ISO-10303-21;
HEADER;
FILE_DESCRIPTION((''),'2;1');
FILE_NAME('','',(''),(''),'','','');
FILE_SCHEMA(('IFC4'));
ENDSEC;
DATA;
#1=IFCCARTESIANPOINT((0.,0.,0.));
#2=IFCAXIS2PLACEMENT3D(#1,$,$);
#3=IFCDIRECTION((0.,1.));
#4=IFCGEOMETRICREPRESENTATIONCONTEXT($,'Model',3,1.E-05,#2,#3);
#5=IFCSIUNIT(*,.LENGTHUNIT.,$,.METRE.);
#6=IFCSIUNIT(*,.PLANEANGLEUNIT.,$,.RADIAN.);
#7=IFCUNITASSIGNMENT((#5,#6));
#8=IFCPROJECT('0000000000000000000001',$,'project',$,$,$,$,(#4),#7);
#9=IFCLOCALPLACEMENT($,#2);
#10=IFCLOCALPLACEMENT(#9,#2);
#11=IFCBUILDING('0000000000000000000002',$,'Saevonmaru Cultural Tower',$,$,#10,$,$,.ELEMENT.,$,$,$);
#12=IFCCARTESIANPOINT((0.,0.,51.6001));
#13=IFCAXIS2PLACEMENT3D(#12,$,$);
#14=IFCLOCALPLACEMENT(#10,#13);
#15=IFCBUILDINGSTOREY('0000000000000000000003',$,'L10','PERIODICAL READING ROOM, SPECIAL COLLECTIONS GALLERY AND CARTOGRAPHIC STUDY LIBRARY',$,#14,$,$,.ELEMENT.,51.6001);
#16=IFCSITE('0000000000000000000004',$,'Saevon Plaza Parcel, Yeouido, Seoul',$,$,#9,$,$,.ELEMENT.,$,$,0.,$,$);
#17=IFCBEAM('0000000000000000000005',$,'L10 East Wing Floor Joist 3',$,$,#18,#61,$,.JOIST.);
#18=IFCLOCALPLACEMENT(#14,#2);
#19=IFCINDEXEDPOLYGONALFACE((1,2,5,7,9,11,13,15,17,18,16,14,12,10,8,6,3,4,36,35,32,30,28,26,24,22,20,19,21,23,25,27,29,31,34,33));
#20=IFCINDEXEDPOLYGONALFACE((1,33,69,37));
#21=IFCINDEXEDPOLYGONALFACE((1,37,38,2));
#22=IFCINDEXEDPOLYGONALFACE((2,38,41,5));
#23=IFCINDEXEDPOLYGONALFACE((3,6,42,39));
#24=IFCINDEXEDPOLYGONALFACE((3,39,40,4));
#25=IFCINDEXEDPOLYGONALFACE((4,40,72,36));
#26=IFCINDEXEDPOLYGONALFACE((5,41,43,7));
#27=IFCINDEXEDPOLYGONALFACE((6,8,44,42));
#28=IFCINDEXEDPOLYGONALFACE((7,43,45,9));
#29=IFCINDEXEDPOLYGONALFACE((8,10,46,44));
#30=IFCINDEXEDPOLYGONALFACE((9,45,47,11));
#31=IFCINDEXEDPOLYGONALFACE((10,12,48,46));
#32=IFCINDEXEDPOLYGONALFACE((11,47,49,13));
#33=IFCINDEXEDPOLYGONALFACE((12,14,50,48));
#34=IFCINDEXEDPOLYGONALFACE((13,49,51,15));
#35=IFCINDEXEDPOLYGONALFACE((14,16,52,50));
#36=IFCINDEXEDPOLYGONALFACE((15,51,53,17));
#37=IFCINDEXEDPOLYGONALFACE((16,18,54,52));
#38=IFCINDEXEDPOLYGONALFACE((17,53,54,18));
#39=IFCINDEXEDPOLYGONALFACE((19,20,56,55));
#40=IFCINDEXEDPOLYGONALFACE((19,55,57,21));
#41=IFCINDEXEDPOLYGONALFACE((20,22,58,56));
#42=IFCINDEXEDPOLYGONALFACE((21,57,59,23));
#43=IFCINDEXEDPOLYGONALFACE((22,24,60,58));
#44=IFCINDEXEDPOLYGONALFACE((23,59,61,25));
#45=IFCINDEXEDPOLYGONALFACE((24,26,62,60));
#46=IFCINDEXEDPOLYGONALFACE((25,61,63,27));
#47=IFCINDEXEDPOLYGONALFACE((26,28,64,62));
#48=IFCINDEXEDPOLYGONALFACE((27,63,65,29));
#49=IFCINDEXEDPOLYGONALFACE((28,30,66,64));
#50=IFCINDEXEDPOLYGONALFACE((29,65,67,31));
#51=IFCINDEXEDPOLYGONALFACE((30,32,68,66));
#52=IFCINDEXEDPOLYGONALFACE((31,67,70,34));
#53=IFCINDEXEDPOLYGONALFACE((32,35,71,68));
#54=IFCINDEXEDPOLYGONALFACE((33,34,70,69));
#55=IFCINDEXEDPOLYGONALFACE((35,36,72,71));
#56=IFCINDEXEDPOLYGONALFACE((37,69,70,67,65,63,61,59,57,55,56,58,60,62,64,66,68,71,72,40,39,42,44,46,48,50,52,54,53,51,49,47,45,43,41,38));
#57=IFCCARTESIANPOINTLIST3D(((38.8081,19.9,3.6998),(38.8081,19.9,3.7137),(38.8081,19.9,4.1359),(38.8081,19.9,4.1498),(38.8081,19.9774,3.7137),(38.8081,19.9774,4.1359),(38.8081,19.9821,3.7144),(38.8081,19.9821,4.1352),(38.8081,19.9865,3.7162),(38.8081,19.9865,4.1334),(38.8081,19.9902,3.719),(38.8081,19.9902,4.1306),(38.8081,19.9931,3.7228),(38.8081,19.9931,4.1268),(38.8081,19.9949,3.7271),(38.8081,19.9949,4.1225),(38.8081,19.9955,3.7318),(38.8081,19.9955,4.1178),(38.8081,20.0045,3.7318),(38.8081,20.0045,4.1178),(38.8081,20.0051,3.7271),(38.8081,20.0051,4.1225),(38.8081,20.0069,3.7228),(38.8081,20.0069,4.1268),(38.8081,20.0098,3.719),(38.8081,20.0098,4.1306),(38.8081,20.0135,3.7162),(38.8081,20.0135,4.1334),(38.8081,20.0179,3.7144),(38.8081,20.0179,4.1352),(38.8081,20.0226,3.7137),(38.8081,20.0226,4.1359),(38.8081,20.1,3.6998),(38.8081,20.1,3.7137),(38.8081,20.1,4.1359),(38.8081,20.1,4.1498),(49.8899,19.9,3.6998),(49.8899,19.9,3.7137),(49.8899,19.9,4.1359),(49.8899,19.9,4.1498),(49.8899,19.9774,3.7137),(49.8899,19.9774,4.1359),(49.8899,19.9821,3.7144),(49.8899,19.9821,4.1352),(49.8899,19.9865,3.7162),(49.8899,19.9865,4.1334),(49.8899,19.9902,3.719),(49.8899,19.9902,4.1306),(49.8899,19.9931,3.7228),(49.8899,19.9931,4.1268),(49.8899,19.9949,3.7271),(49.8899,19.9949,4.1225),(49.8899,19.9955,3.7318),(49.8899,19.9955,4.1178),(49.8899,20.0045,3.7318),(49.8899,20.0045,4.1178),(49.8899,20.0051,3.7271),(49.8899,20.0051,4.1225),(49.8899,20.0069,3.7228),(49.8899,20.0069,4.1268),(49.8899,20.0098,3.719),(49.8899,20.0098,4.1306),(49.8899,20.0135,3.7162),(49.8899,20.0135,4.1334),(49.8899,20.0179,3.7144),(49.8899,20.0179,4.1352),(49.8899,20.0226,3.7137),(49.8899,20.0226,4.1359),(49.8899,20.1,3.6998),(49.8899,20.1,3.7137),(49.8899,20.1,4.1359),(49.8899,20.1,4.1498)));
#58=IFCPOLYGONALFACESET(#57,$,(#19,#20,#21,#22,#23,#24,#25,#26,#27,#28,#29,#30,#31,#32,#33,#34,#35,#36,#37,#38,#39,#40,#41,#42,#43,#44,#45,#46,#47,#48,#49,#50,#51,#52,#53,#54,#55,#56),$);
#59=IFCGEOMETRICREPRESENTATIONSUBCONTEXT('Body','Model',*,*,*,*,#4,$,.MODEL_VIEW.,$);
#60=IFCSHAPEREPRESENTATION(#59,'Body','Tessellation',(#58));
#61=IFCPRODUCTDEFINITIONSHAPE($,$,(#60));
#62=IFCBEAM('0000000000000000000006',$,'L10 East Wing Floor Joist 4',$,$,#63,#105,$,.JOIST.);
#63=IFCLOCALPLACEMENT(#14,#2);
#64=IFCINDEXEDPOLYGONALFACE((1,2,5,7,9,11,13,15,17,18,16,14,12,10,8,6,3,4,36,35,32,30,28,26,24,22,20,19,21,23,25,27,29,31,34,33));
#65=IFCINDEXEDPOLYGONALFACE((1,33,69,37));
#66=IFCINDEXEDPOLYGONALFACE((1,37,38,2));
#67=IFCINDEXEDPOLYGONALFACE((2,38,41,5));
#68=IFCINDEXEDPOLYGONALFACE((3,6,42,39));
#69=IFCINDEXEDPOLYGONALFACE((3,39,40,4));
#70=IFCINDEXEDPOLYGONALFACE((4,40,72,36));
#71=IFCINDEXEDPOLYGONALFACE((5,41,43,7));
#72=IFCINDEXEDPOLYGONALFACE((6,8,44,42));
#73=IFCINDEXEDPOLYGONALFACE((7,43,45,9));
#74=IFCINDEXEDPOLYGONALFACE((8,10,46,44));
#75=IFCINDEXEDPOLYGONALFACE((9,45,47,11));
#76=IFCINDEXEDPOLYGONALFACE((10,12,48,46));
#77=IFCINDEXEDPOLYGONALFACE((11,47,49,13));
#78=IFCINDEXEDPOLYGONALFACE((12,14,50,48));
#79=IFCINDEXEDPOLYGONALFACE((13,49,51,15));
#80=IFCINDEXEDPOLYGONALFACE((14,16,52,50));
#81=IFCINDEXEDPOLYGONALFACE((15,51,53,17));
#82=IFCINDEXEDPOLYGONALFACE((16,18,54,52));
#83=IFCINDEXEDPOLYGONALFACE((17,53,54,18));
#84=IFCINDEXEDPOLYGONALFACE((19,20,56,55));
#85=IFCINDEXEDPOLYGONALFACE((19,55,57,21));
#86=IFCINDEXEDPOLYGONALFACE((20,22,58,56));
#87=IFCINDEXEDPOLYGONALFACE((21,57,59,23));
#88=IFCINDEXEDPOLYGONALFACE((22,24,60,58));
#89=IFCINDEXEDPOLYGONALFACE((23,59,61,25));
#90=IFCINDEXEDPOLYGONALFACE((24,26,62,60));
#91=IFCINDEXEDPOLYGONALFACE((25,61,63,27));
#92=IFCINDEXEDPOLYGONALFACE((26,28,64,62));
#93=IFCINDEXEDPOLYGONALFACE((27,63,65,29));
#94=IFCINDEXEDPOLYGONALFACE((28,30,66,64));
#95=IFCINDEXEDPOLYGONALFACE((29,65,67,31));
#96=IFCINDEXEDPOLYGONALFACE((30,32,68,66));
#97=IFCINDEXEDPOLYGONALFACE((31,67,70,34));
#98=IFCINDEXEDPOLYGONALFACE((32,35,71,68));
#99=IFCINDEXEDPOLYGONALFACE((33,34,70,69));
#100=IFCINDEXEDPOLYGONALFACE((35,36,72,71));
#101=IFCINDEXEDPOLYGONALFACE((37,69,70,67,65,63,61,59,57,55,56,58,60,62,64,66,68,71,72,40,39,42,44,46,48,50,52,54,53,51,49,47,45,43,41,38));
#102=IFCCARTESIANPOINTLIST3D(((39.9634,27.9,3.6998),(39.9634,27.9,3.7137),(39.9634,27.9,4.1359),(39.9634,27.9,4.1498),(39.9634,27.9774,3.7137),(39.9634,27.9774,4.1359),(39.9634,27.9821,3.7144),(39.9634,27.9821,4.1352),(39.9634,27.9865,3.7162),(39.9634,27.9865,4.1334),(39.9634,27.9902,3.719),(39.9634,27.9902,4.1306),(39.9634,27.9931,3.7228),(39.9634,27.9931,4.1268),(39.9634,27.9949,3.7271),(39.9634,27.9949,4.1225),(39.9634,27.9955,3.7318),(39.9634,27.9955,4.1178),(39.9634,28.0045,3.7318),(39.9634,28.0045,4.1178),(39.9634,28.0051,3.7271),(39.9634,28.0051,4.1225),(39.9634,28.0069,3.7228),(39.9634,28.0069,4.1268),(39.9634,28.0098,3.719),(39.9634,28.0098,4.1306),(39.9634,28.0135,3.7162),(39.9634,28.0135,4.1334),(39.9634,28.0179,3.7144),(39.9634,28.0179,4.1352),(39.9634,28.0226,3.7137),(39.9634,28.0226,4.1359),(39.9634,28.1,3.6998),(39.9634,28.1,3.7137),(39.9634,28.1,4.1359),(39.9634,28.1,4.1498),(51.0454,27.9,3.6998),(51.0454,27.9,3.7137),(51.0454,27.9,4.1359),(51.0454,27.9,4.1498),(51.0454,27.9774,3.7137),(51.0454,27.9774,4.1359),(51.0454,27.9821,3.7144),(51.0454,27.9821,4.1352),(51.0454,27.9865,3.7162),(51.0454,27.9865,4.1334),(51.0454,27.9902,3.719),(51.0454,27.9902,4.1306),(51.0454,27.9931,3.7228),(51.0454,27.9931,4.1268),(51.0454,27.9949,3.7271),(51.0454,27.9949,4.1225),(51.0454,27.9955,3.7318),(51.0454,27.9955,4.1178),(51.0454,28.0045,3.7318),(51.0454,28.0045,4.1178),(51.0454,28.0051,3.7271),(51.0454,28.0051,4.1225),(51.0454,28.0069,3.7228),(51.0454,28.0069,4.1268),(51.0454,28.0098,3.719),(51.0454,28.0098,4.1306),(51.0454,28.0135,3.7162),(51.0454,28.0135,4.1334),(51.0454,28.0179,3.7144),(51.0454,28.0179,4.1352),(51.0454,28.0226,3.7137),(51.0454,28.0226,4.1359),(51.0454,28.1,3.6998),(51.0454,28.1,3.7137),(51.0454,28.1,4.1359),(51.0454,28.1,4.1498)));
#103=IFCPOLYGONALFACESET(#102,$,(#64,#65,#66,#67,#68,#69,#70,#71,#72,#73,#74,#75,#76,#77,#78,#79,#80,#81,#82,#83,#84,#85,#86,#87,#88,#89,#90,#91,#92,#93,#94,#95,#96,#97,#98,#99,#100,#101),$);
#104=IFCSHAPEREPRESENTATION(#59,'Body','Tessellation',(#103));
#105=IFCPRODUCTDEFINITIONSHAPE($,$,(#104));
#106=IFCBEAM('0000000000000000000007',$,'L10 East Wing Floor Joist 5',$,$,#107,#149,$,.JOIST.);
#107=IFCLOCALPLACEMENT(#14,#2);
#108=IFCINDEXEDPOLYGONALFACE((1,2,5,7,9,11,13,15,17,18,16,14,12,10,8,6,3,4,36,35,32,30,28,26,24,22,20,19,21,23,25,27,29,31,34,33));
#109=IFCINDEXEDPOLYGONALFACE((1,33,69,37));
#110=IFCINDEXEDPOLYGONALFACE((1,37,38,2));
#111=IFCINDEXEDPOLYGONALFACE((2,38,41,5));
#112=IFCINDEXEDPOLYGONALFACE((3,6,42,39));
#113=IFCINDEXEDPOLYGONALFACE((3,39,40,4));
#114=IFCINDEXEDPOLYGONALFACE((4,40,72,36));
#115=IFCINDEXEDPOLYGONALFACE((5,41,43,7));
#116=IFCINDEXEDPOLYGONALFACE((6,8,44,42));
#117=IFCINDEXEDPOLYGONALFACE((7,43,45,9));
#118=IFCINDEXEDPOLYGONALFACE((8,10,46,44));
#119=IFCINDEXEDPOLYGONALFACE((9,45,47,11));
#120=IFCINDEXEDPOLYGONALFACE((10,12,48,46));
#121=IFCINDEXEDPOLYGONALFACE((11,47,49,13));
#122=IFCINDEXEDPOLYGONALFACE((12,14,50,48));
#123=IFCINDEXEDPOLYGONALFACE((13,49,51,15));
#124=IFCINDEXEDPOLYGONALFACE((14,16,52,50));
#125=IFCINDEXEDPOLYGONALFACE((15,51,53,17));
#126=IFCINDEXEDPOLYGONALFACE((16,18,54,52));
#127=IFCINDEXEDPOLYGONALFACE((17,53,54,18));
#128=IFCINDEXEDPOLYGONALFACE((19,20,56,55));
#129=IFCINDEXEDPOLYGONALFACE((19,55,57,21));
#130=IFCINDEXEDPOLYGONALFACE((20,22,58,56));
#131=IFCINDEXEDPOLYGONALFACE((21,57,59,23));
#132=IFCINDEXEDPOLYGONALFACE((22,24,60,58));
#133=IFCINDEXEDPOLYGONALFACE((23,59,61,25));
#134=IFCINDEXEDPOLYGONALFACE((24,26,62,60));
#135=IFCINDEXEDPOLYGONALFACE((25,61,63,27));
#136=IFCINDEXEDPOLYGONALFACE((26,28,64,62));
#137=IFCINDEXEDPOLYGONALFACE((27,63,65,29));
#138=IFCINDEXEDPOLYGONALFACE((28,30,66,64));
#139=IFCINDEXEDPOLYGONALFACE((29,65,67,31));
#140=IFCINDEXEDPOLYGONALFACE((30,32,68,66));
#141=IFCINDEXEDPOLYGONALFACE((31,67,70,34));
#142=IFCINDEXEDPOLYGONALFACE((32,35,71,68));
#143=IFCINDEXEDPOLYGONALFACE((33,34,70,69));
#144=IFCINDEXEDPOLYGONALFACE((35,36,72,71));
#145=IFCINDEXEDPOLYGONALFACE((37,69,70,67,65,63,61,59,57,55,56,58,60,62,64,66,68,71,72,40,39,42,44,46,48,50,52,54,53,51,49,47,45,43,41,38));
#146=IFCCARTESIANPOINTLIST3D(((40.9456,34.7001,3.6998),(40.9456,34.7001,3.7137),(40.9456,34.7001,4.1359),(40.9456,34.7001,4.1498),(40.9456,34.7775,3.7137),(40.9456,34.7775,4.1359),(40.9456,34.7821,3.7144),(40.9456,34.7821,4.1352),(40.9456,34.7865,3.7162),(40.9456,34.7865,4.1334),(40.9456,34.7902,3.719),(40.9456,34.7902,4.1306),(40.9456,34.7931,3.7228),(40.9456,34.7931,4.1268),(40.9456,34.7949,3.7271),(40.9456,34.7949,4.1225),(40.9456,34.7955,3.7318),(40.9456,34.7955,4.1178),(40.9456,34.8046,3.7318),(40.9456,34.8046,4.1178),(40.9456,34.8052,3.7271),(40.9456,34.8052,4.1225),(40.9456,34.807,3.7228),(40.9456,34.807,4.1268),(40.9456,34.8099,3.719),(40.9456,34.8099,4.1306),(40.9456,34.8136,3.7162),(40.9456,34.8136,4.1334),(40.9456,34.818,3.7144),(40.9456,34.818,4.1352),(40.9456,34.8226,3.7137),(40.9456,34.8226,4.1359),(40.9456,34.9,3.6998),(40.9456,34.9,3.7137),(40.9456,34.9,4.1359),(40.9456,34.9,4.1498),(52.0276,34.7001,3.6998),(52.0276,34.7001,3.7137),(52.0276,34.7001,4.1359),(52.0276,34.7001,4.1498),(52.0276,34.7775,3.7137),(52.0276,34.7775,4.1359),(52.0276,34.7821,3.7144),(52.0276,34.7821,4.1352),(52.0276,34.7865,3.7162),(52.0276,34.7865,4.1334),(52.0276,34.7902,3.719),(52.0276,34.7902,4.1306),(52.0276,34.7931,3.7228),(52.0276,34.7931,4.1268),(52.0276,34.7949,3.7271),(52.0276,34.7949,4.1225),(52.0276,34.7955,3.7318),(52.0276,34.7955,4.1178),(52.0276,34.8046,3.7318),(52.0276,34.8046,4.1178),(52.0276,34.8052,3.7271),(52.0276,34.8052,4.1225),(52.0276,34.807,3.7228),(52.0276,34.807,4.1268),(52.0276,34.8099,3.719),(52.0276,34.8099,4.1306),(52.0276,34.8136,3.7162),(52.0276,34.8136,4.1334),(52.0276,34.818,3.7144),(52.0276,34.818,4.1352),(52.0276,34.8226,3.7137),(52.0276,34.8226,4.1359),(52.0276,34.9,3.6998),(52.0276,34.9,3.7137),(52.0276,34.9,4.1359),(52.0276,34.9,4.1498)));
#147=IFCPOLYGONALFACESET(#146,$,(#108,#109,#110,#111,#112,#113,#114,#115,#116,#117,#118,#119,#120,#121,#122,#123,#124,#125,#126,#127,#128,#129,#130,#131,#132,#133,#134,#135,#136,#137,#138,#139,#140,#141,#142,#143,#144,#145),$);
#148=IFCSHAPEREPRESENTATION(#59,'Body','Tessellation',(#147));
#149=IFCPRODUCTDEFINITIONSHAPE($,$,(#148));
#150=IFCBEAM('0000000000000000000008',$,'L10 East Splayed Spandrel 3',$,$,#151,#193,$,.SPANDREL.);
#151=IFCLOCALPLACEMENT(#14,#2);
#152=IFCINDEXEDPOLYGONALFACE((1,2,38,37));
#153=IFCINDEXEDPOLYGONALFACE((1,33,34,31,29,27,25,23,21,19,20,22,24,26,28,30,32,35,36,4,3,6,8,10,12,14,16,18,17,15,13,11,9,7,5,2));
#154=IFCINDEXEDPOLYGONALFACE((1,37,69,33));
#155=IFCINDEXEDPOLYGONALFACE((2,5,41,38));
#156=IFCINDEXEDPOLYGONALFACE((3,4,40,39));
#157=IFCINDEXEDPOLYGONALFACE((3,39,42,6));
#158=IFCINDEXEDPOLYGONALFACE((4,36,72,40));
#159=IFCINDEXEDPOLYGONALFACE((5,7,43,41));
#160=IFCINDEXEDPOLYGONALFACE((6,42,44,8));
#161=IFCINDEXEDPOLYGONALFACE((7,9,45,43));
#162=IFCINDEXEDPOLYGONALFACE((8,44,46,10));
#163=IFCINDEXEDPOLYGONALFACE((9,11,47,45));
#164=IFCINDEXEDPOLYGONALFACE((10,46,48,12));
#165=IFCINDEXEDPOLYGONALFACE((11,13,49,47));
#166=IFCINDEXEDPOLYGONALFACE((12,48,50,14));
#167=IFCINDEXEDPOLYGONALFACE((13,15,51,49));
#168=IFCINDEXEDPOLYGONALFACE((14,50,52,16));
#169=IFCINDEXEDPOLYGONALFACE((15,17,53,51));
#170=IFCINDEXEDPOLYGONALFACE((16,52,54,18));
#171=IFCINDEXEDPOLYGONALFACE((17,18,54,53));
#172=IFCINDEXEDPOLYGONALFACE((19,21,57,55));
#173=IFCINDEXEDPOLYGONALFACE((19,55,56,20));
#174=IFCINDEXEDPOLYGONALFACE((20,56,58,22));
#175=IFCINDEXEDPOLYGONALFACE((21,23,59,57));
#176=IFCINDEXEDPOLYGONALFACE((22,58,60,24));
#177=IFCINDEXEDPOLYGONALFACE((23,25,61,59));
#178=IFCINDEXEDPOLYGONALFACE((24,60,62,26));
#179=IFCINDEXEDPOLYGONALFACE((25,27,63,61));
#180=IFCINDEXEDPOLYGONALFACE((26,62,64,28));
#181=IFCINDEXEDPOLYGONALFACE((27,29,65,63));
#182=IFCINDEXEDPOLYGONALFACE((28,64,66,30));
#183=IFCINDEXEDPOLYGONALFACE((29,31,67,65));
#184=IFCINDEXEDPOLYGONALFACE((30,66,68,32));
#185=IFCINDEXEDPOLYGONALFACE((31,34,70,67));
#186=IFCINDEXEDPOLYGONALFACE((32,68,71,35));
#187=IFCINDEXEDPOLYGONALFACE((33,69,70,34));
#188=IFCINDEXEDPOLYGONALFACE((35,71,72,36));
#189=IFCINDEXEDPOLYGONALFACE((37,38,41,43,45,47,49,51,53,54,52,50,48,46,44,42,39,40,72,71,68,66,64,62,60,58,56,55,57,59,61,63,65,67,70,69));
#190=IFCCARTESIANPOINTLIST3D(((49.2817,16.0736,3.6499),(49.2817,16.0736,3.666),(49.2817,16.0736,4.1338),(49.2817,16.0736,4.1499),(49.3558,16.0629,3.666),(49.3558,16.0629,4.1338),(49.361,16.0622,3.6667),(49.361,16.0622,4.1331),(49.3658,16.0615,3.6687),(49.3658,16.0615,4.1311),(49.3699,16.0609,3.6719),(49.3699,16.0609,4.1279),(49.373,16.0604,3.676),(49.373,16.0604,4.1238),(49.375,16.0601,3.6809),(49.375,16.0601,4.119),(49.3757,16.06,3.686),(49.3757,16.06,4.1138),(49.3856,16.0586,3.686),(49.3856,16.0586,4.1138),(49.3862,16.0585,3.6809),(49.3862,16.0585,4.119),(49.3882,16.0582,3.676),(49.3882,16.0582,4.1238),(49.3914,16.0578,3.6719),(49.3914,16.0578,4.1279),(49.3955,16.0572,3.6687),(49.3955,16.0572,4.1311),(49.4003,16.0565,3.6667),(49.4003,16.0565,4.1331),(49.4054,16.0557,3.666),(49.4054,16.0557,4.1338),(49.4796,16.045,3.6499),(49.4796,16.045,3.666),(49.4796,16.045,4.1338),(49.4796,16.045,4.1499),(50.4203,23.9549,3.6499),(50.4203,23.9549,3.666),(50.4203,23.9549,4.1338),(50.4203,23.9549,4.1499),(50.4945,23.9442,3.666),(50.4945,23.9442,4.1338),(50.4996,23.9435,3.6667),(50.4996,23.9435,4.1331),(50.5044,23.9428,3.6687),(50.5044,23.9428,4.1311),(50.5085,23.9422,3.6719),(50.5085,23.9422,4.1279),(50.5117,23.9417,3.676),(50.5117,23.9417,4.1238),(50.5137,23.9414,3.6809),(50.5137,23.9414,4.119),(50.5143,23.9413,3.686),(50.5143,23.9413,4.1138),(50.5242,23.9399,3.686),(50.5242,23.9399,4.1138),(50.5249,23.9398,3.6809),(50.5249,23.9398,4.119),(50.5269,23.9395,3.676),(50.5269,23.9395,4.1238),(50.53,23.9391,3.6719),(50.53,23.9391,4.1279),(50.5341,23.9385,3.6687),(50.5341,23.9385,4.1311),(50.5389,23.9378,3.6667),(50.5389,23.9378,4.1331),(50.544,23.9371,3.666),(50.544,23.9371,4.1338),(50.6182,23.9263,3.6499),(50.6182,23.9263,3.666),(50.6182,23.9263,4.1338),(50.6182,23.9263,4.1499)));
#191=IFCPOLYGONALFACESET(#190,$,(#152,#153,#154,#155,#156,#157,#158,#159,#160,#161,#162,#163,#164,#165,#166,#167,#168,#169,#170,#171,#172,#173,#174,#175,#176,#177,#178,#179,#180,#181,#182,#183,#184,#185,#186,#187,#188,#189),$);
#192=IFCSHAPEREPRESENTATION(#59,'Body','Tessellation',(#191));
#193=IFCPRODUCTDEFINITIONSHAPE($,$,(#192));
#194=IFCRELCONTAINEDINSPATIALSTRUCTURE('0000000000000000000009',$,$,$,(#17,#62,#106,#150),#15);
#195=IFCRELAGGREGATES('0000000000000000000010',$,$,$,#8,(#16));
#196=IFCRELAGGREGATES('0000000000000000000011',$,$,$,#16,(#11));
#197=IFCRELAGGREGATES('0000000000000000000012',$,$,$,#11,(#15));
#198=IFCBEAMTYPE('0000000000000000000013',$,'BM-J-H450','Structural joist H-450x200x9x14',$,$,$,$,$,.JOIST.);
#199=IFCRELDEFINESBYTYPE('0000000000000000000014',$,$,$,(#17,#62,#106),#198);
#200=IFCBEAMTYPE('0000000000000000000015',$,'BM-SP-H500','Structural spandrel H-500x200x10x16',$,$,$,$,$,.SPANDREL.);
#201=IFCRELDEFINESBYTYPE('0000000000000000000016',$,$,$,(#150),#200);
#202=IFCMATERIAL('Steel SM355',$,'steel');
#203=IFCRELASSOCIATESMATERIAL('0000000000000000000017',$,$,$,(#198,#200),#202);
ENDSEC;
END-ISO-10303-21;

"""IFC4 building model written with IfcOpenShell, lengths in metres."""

from ifc_helpers import new_model, si_unit, direction, frame, origin, origin_2d, place, context, subcontext, project, spatial, i_section, extrude, material, material_profile, profile_set, type_object, element, save


model = new_model("IFC4")

# Units and contexts
model_context = context("Model", 3, precision=1e-05, world=origin(), true_north=direction((0.0, 1.0)))
body_context = subcontext(model_context, "Body", "Model", "MODEL_VIEW")
ifc_project = project(units=[si_unit("LENGTHUNIT", "METRE"), si_unit("PLANEANGLEUNIT", "RADIAN")], contexts=[model_context])

# Site, building, storey
site_placement = place(None, origin())
site = spatial("IfcSite", under=ifc_project, at=site_placement, Name="Saevon Plaza Parcel, Yeouido, Seoul", CompositionType="ELEMENT", RefElevation=0.0)
building_placement = place(site_placement, origin())
building = spatial("IfcBuilding", under=site, at=building_placement, Name="Saevonmaru Cultural Tower", CompositionType="ELEMENT")
storey_placement = place(building_placement, frame((0.0, 0.0, 51.6001)))
storey = spatial("IfcBuildingStorey", under=building, at=storey_placement, Name="L10", Description="PERIODICAL READING ROOM, SPECIAL COLLECTIONS GALLERY AND CARTOGRAPHIC STUDY LIBRARY", CompositionType="ELEMENT", Elevation=51.6001)

# Beams
ifc_material_1 = material(Name="Steel SM355", Category="steel")
ifc_material_profile_1 = material_profile(ifc_material_1, i_section(OverallWidth=0.2, OverallDepth=0.45, WebThickness=0.009, FlangeThickness=0.0139, FilletRadius=0.0181, at=origin_2d()), Name="H-450x200x9x14")
ifc_profile_set_1 = profile_set([ifc_material_profile_1], Name="Steel SM355")
beam_type_1 = type_object("IfcBeamType", Name="BM-J-H450", Description="Structural joist H-450x200x9x14", PredefinedType="JOIST", material=ifc_profile_set_1)
beam_1_placement = place(storey_placement, frame((38.8081, 20.0, 3.9248), z_axis=(1.0, 0.0, 0.0), x_axis=(0.0, 1.0, 0.0)))
element("IfcBeam", 1, at=beam_1_placement, inside=storey, type_object=beam_type_1, Name="L10 East Wing Floor Joist 3", PredefinedType="JOIST", context=body_context, shape_type="SweptSolid", body=[
    extrude(i_section(OverallWidth=0.2, OverallDepth=0.45, WebThickness=0.009, FlangeThickness=0.0139, FilletRadius=0.0181, at=origin_2d()), origin(), (0.0, 0.0, 1.0), 11.0818),
])
for number, where, z_axis, x_axis, name in (
    (2, (39.9634, 28.0, 3.9248), (1.0, 0.0, 0.0), (0.0, 1.0, 0.0), "L10 East Wing Floor Joist 4"),
    (3, (40.9456, 34.8, 3.9248), (1.0, 0.0, 0.0), (0.0, 1.0, 0.0), "L10 East Wing Floor Joist 5"),
):
    element("IfcBeam", number, at=place(storey_placement, frame(where, z_axis=z_axis, x_axis=x_axis)), inside=storey, type_object=beam_type_1, Name=name, PredefinedType="JOIST", context=body_context, shape_type="SweptSolid", body=[
        extrude(i_section(OverallWidth=0.2, OverallDepth=0.45, WebThickness=0.009, FlangeThickness=0.0139, FilletRadius=0.0181, at=origin_2d()), origin(), (0.0, 0.0, 1.0), 11.082),
    ])
ifc_material_profile_2 = material_profile(ifc_material_1, i_section(OverallWidth=0.2, OverallDepth=0.5, WebThickness=0.01, FlangeThickness=0.0161, FilletRadius=0.02, at=origin_2d()), Name="H-500x200x10x16")
ifc_profile_set_2 = profile_set([ifc_material_profile_2], Name="Steel SM355")
beam_type_2 = type_object("IfcBeamType", Name="BM-SP-H500", Description="Structural spandrel H-500x200x10x16", PredefinedType="SPANDREL", material=ifc_profile_set_2)
beam_2_placement = place(storey_placement, frame((49.3806, 16.0593, 3.8999), z_axis=(0.142992, 0.989724, 0.0), x_axis=(-0.989724, 0.142992, 0.0)))
element("IfcBeam", 4, at=beam_2_placement, inside=storey, type_object=beam_type_2, Name="L10 East Splayed Spandrel 3", PredefinedType="SPANDREL", context=body_context, shape_type="SweptSolid", body=[
    extrude(i_section(OverallWidth=0.2, OverallDepth=0.5, WebThickness=0.01, FlangeThickness=0.0161, FilletRadius=0.02, at=origin_2d()), origin(), (0.0, 0.0, 1.0), 7.9631),
])

save(model, "model.ifc")
